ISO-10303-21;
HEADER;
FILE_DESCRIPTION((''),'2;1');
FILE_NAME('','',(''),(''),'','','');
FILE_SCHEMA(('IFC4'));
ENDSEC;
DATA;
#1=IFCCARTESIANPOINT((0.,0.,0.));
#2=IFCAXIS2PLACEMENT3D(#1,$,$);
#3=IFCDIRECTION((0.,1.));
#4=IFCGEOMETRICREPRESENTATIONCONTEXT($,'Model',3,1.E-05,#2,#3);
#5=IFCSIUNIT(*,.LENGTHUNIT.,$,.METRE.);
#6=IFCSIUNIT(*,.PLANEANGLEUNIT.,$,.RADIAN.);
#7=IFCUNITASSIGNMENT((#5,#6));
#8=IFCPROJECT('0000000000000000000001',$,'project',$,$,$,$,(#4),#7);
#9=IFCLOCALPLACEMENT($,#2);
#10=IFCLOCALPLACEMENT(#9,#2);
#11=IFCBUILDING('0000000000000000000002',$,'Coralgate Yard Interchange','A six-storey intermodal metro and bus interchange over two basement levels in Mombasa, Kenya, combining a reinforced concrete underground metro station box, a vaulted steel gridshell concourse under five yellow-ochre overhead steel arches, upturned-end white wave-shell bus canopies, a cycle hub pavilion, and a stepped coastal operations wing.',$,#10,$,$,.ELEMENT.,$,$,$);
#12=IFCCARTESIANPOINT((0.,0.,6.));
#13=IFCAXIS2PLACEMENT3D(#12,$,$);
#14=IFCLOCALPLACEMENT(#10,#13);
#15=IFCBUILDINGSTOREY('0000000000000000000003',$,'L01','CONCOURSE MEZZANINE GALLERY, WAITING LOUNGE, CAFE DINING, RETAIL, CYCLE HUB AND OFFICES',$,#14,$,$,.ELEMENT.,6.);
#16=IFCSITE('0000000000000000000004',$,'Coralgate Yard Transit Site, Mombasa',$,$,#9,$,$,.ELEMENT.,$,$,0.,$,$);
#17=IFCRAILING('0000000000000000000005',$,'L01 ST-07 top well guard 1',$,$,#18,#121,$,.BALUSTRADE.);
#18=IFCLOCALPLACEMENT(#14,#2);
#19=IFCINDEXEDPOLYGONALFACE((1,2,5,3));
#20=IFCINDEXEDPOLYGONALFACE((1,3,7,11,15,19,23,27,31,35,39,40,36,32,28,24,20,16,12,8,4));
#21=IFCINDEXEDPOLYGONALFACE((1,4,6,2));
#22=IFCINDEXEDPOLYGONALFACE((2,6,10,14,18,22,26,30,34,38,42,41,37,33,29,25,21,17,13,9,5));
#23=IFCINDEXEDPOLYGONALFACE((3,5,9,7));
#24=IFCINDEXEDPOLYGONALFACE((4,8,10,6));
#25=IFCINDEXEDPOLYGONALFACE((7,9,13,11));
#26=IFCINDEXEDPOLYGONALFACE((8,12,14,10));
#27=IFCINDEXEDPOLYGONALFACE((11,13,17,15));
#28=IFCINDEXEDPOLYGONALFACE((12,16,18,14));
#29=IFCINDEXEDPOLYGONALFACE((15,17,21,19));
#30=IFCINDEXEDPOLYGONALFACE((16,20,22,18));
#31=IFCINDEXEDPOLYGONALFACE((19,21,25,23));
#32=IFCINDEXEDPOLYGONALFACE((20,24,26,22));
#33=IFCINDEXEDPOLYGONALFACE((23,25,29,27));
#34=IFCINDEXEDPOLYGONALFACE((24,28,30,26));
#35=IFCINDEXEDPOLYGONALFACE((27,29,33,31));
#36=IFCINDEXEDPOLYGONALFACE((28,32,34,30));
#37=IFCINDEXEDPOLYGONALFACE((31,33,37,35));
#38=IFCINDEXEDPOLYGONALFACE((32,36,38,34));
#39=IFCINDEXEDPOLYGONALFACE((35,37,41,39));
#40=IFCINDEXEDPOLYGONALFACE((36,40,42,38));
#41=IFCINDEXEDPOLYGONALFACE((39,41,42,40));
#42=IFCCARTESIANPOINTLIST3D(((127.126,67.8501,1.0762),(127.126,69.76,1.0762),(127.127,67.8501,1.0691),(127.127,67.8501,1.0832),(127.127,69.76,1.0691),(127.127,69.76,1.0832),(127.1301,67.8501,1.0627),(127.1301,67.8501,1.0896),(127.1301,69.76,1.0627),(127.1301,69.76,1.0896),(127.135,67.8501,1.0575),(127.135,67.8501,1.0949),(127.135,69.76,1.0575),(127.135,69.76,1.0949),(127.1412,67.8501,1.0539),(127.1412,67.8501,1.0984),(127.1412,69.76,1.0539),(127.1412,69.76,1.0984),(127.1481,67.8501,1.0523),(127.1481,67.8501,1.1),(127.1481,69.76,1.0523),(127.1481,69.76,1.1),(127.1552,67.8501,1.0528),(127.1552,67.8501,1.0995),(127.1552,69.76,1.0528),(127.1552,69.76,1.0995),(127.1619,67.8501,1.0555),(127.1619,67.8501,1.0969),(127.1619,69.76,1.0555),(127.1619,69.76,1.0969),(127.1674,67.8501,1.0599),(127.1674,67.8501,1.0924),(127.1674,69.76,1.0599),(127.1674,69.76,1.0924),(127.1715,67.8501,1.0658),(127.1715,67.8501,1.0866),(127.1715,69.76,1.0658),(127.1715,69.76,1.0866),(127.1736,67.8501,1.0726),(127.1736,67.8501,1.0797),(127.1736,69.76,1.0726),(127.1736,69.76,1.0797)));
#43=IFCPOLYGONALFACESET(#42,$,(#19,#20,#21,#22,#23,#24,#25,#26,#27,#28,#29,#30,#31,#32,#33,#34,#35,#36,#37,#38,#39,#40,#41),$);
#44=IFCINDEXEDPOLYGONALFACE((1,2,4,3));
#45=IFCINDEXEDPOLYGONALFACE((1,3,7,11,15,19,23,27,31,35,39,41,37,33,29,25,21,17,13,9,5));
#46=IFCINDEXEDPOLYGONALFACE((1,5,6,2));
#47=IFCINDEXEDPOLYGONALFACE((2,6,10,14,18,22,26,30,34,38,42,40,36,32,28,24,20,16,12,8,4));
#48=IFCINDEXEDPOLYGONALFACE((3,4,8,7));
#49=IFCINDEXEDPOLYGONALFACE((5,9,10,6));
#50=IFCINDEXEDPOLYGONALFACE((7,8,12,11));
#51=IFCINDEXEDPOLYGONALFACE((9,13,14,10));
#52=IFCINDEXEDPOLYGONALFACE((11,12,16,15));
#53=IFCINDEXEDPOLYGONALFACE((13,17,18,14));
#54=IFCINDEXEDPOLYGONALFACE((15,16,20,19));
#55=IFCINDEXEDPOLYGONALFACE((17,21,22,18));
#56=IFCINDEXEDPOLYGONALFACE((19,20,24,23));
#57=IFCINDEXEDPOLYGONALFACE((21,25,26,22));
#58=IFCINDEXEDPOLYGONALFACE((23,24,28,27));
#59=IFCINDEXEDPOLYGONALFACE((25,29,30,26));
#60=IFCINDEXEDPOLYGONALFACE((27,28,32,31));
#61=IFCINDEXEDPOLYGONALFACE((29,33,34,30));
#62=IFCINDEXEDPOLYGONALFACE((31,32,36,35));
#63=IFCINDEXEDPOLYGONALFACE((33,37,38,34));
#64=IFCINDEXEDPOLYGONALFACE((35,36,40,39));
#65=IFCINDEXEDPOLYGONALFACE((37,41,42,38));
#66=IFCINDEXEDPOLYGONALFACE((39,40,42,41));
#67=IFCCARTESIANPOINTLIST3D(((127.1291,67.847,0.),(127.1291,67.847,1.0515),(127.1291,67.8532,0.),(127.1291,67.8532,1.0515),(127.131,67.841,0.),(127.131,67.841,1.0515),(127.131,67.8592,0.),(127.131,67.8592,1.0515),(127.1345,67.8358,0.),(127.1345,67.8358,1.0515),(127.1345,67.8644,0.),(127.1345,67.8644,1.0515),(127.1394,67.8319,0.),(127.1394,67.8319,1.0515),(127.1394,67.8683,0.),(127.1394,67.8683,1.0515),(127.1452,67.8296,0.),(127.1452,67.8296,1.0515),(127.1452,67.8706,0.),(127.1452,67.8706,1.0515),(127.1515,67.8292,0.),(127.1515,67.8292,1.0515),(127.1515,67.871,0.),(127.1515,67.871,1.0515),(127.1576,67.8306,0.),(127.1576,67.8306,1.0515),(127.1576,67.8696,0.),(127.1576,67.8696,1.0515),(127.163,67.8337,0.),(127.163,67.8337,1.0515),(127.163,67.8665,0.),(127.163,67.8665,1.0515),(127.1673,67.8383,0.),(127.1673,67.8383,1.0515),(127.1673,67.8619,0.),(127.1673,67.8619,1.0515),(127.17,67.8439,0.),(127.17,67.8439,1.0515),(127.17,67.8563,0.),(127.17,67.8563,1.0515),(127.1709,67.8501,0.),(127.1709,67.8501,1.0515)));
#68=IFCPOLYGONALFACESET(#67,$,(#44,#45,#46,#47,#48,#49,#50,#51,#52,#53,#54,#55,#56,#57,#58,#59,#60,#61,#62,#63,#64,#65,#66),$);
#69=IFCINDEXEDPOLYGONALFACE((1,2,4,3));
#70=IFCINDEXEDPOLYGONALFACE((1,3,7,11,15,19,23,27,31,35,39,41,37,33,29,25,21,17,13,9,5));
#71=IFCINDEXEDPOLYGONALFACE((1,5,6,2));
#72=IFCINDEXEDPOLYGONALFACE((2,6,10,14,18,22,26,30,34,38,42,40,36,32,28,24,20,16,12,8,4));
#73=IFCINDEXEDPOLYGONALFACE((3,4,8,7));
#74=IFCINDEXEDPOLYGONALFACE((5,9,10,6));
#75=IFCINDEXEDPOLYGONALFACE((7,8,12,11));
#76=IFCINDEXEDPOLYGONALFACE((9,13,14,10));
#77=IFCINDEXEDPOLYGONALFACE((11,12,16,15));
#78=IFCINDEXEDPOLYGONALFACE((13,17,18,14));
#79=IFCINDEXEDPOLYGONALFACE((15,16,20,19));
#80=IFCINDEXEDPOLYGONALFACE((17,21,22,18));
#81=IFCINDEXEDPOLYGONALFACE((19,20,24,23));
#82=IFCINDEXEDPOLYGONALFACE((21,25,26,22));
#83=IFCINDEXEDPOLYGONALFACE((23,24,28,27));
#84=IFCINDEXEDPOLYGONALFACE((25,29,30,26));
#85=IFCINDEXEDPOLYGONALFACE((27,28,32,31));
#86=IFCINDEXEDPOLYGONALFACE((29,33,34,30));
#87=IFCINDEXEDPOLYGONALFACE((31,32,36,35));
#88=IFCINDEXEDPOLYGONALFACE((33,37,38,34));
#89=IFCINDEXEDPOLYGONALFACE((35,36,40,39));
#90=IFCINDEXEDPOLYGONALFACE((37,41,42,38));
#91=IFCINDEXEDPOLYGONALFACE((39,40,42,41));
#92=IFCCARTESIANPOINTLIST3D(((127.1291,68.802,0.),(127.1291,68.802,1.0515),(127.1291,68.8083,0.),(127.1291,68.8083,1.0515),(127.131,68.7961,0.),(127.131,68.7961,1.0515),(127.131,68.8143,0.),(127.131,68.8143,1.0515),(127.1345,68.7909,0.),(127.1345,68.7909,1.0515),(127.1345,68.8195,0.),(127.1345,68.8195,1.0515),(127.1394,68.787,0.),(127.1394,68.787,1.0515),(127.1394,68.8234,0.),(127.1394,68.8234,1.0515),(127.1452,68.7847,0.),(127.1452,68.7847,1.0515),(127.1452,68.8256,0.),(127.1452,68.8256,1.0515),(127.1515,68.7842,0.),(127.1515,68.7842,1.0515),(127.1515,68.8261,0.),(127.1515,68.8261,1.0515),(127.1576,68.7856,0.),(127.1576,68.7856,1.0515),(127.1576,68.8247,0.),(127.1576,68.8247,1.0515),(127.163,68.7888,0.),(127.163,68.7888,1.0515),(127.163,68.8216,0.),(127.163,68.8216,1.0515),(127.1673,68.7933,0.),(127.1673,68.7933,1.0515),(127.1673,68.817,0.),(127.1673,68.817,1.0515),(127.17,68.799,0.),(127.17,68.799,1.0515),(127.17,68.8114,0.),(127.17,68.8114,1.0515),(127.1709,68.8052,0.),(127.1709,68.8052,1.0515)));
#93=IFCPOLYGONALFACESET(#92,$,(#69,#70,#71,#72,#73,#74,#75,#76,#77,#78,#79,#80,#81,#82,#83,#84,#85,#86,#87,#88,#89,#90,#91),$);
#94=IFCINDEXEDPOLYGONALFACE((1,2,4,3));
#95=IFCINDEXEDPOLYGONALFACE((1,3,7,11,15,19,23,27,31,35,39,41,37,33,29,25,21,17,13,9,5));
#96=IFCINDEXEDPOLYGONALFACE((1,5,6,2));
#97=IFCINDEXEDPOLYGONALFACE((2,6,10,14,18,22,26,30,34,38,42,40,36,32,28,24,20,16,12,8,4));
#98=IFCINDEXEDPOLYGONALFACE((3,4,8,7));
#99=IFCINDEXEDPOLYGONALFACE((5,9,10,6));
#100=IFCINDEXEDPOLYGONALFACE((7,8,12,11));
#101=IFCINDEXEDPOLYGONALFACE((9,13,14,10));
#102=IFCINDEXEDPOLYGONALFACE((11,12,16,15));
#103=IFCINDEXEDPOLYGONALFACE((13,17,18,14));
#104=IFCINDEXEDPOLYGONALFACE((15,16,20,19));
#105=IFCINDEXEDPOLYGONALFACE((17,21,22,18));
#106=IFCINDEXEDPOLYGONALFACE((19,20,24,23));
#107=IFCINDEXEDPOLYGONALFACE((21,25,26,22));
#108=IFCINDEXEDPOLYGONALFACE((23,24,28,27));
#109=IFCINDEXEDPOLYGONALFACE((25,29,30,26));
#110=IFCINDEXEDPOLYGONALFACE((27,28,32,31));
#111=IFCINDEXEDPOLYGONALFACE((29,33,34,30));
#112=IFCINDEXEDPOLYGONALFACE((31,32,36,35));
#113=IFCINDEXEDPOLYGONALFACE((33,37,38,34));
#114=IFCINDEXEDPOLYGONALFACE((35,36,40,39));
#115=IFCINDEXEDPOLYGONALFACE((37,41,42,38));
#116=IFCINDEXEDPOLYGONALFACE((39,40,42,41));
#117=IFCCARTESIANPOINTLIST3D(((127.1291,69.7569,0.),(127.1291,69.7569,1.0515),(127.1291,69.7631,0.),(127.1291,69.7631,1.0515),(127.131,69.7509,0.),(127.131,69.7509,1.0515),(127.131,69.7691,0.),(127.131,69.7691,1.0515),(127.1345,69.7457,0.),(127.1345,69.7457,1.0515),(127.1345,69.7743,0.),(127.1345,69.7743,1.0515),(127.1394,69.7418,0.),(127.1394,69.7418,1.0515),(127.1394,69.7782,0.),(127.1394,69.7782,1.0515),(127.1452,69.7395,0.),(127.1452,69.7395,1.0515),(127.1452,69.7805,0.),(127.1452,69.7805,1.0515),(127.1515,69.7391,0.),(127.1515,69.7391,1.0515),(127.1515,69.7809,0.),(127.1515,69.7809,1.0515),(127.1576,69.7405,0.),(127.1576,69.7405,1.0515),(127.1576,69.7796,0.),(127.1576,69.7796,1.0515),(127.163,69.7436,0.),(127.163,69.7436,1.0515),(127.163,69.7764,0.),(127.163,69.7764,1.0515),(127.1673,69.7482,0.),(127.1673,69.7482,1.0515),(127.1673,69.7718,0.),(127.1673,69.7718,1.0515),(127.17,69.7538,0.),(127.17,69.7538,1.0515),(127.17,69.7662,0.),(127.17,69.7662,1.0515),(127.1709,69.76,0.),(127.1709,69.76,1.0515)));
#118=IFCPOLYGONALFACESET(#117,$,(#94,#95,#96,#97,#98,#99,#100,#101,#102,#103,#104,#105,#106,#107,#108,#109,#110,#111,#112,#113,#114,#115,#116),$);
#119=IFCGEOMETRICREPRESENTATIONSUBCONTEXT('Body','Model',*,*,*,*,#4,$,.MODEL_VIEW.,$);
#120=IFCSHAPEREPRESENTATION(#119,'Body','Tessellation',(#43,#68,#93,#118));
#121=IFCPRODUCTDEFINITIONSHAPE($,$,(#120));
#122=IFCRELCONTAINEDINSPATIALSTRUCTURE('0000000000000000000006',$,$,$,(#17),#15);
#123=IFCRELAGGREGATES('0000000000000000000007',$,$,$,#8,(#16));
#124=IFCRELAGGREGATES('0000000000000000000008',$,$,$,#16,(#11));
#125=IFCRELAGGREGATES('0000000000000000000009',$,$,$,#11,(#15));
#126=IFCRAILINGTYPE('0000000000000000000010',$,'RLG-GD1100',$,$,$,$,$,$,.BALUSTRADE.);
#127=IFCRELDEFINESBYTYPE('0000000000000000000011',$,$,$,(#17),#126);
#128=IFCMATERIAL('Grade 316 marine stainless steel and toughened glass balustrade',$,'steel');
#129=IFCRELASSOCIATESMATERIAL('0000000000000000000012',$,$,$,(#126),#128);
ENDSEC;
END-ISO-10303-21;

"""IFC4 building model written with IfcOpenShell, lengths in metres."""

from ifc_helpers import new_model, si_unit, direction, frame, origin, origin_2d, place, context, subcontext, project, spatial, circle, extrude, material, type_object, element, save


model = new_model("IFC4")

# Units and contexts
model_context = context("Model", 3, precision=1e-05, world=origin(), true_north=direction((0.0, 1.0)))
body_context = subcontext(model_context, "Body", "Model", "MODEL_VIEW")
ifc_project = project(units=[si_unit("LENGTHUNIT", "METRE"), si_unit("PLANEANGLEUNIT", "RADIAN")], contexts=[model_context])

# Site, building, storey
site_placement = place(None, origin())
site = spatial("IfcSite", under=ifc_project, at=site_placement, Name="Coralgate Yard Transit Site, Mombasa", CompositionType="ELEMENT", RefElevation=0.0)
building_placement = place(site_placement, origin())
building = spatial("IfcBuilding", under=site, at=building_placement, Name="Coralgate Yard Interchange", Description="A six-storey intermodal metro and bus interchange over two basement levels in Mombasa, Kenya, combining a reinforced concrete underground metro station box, a vaulted steel gridshell concourse under five yellow-ochre overhead steel arches, upturned-end white wave-shell bus canopies, a cycle hub pavilion, and a stepped coastal operations wing.", CompositionType="ELEMENT")
storey_placement = place(building_placement, frame((0.0, 0.0, 6.0)))
storey = spatial("IfcBuildingStorey", under=building, at=storey_placement, Name="L01", Description="CONCOURSE MEZZANINE GALLERY, WAITING LOUNGE, CAFE DINING, RETAIL, CYCLE HUB AND OFFICES", CompositionType="ELEMENT", Elevation=6.0)

# Railing
ifc_material_1 = material(Name="Grade 316 marine stainless steel and toughened glass balustrade", Category="steel")
railing_type = type_object("IfcRailingType", Name="RLG-GD1100", PredefinedType="BALUSTRADE", material=ifc_material_1)
railing_placement = place(storey_placement, frame((127.1499, 67.8501, 0.0)))
element("IfcRailing", 1, at=railing_placement, inside=storey, type_object=railing_type, Name="L01 ST-07 top well guard 1", PredefinedType="BALUSTRADE", context=body_context, shape_type="SweptSolid", body=[
    extrude(circle(Radius=0.0239, at=origin_2d()), frame((0.0, 0.0, 1.0762), z_axis=(0.0, 1.0, 0.0), x_axis=(-1.0, 0.0, 0.0)), (0.0, 0.0, 1.0), 1.9099),
    extrude(circle(Radius=0.021, at=origin_2d()), origin(), (0.0, 0.0, 1.0), 1.0515),
    extrude(circle(Radius=0.021, at=origin_2d()), frame((0.0, 0.9551, 0.0)), (0.0, 0.0, 1.0), 1.0515),
    extrude(circle(Radius=0.021, at=origin_2d()), frame((0.0, 1.9099, 0.0)), (0.0, 0.0, 1.0), 1.0515),
])

save(model, "model.ifc")
